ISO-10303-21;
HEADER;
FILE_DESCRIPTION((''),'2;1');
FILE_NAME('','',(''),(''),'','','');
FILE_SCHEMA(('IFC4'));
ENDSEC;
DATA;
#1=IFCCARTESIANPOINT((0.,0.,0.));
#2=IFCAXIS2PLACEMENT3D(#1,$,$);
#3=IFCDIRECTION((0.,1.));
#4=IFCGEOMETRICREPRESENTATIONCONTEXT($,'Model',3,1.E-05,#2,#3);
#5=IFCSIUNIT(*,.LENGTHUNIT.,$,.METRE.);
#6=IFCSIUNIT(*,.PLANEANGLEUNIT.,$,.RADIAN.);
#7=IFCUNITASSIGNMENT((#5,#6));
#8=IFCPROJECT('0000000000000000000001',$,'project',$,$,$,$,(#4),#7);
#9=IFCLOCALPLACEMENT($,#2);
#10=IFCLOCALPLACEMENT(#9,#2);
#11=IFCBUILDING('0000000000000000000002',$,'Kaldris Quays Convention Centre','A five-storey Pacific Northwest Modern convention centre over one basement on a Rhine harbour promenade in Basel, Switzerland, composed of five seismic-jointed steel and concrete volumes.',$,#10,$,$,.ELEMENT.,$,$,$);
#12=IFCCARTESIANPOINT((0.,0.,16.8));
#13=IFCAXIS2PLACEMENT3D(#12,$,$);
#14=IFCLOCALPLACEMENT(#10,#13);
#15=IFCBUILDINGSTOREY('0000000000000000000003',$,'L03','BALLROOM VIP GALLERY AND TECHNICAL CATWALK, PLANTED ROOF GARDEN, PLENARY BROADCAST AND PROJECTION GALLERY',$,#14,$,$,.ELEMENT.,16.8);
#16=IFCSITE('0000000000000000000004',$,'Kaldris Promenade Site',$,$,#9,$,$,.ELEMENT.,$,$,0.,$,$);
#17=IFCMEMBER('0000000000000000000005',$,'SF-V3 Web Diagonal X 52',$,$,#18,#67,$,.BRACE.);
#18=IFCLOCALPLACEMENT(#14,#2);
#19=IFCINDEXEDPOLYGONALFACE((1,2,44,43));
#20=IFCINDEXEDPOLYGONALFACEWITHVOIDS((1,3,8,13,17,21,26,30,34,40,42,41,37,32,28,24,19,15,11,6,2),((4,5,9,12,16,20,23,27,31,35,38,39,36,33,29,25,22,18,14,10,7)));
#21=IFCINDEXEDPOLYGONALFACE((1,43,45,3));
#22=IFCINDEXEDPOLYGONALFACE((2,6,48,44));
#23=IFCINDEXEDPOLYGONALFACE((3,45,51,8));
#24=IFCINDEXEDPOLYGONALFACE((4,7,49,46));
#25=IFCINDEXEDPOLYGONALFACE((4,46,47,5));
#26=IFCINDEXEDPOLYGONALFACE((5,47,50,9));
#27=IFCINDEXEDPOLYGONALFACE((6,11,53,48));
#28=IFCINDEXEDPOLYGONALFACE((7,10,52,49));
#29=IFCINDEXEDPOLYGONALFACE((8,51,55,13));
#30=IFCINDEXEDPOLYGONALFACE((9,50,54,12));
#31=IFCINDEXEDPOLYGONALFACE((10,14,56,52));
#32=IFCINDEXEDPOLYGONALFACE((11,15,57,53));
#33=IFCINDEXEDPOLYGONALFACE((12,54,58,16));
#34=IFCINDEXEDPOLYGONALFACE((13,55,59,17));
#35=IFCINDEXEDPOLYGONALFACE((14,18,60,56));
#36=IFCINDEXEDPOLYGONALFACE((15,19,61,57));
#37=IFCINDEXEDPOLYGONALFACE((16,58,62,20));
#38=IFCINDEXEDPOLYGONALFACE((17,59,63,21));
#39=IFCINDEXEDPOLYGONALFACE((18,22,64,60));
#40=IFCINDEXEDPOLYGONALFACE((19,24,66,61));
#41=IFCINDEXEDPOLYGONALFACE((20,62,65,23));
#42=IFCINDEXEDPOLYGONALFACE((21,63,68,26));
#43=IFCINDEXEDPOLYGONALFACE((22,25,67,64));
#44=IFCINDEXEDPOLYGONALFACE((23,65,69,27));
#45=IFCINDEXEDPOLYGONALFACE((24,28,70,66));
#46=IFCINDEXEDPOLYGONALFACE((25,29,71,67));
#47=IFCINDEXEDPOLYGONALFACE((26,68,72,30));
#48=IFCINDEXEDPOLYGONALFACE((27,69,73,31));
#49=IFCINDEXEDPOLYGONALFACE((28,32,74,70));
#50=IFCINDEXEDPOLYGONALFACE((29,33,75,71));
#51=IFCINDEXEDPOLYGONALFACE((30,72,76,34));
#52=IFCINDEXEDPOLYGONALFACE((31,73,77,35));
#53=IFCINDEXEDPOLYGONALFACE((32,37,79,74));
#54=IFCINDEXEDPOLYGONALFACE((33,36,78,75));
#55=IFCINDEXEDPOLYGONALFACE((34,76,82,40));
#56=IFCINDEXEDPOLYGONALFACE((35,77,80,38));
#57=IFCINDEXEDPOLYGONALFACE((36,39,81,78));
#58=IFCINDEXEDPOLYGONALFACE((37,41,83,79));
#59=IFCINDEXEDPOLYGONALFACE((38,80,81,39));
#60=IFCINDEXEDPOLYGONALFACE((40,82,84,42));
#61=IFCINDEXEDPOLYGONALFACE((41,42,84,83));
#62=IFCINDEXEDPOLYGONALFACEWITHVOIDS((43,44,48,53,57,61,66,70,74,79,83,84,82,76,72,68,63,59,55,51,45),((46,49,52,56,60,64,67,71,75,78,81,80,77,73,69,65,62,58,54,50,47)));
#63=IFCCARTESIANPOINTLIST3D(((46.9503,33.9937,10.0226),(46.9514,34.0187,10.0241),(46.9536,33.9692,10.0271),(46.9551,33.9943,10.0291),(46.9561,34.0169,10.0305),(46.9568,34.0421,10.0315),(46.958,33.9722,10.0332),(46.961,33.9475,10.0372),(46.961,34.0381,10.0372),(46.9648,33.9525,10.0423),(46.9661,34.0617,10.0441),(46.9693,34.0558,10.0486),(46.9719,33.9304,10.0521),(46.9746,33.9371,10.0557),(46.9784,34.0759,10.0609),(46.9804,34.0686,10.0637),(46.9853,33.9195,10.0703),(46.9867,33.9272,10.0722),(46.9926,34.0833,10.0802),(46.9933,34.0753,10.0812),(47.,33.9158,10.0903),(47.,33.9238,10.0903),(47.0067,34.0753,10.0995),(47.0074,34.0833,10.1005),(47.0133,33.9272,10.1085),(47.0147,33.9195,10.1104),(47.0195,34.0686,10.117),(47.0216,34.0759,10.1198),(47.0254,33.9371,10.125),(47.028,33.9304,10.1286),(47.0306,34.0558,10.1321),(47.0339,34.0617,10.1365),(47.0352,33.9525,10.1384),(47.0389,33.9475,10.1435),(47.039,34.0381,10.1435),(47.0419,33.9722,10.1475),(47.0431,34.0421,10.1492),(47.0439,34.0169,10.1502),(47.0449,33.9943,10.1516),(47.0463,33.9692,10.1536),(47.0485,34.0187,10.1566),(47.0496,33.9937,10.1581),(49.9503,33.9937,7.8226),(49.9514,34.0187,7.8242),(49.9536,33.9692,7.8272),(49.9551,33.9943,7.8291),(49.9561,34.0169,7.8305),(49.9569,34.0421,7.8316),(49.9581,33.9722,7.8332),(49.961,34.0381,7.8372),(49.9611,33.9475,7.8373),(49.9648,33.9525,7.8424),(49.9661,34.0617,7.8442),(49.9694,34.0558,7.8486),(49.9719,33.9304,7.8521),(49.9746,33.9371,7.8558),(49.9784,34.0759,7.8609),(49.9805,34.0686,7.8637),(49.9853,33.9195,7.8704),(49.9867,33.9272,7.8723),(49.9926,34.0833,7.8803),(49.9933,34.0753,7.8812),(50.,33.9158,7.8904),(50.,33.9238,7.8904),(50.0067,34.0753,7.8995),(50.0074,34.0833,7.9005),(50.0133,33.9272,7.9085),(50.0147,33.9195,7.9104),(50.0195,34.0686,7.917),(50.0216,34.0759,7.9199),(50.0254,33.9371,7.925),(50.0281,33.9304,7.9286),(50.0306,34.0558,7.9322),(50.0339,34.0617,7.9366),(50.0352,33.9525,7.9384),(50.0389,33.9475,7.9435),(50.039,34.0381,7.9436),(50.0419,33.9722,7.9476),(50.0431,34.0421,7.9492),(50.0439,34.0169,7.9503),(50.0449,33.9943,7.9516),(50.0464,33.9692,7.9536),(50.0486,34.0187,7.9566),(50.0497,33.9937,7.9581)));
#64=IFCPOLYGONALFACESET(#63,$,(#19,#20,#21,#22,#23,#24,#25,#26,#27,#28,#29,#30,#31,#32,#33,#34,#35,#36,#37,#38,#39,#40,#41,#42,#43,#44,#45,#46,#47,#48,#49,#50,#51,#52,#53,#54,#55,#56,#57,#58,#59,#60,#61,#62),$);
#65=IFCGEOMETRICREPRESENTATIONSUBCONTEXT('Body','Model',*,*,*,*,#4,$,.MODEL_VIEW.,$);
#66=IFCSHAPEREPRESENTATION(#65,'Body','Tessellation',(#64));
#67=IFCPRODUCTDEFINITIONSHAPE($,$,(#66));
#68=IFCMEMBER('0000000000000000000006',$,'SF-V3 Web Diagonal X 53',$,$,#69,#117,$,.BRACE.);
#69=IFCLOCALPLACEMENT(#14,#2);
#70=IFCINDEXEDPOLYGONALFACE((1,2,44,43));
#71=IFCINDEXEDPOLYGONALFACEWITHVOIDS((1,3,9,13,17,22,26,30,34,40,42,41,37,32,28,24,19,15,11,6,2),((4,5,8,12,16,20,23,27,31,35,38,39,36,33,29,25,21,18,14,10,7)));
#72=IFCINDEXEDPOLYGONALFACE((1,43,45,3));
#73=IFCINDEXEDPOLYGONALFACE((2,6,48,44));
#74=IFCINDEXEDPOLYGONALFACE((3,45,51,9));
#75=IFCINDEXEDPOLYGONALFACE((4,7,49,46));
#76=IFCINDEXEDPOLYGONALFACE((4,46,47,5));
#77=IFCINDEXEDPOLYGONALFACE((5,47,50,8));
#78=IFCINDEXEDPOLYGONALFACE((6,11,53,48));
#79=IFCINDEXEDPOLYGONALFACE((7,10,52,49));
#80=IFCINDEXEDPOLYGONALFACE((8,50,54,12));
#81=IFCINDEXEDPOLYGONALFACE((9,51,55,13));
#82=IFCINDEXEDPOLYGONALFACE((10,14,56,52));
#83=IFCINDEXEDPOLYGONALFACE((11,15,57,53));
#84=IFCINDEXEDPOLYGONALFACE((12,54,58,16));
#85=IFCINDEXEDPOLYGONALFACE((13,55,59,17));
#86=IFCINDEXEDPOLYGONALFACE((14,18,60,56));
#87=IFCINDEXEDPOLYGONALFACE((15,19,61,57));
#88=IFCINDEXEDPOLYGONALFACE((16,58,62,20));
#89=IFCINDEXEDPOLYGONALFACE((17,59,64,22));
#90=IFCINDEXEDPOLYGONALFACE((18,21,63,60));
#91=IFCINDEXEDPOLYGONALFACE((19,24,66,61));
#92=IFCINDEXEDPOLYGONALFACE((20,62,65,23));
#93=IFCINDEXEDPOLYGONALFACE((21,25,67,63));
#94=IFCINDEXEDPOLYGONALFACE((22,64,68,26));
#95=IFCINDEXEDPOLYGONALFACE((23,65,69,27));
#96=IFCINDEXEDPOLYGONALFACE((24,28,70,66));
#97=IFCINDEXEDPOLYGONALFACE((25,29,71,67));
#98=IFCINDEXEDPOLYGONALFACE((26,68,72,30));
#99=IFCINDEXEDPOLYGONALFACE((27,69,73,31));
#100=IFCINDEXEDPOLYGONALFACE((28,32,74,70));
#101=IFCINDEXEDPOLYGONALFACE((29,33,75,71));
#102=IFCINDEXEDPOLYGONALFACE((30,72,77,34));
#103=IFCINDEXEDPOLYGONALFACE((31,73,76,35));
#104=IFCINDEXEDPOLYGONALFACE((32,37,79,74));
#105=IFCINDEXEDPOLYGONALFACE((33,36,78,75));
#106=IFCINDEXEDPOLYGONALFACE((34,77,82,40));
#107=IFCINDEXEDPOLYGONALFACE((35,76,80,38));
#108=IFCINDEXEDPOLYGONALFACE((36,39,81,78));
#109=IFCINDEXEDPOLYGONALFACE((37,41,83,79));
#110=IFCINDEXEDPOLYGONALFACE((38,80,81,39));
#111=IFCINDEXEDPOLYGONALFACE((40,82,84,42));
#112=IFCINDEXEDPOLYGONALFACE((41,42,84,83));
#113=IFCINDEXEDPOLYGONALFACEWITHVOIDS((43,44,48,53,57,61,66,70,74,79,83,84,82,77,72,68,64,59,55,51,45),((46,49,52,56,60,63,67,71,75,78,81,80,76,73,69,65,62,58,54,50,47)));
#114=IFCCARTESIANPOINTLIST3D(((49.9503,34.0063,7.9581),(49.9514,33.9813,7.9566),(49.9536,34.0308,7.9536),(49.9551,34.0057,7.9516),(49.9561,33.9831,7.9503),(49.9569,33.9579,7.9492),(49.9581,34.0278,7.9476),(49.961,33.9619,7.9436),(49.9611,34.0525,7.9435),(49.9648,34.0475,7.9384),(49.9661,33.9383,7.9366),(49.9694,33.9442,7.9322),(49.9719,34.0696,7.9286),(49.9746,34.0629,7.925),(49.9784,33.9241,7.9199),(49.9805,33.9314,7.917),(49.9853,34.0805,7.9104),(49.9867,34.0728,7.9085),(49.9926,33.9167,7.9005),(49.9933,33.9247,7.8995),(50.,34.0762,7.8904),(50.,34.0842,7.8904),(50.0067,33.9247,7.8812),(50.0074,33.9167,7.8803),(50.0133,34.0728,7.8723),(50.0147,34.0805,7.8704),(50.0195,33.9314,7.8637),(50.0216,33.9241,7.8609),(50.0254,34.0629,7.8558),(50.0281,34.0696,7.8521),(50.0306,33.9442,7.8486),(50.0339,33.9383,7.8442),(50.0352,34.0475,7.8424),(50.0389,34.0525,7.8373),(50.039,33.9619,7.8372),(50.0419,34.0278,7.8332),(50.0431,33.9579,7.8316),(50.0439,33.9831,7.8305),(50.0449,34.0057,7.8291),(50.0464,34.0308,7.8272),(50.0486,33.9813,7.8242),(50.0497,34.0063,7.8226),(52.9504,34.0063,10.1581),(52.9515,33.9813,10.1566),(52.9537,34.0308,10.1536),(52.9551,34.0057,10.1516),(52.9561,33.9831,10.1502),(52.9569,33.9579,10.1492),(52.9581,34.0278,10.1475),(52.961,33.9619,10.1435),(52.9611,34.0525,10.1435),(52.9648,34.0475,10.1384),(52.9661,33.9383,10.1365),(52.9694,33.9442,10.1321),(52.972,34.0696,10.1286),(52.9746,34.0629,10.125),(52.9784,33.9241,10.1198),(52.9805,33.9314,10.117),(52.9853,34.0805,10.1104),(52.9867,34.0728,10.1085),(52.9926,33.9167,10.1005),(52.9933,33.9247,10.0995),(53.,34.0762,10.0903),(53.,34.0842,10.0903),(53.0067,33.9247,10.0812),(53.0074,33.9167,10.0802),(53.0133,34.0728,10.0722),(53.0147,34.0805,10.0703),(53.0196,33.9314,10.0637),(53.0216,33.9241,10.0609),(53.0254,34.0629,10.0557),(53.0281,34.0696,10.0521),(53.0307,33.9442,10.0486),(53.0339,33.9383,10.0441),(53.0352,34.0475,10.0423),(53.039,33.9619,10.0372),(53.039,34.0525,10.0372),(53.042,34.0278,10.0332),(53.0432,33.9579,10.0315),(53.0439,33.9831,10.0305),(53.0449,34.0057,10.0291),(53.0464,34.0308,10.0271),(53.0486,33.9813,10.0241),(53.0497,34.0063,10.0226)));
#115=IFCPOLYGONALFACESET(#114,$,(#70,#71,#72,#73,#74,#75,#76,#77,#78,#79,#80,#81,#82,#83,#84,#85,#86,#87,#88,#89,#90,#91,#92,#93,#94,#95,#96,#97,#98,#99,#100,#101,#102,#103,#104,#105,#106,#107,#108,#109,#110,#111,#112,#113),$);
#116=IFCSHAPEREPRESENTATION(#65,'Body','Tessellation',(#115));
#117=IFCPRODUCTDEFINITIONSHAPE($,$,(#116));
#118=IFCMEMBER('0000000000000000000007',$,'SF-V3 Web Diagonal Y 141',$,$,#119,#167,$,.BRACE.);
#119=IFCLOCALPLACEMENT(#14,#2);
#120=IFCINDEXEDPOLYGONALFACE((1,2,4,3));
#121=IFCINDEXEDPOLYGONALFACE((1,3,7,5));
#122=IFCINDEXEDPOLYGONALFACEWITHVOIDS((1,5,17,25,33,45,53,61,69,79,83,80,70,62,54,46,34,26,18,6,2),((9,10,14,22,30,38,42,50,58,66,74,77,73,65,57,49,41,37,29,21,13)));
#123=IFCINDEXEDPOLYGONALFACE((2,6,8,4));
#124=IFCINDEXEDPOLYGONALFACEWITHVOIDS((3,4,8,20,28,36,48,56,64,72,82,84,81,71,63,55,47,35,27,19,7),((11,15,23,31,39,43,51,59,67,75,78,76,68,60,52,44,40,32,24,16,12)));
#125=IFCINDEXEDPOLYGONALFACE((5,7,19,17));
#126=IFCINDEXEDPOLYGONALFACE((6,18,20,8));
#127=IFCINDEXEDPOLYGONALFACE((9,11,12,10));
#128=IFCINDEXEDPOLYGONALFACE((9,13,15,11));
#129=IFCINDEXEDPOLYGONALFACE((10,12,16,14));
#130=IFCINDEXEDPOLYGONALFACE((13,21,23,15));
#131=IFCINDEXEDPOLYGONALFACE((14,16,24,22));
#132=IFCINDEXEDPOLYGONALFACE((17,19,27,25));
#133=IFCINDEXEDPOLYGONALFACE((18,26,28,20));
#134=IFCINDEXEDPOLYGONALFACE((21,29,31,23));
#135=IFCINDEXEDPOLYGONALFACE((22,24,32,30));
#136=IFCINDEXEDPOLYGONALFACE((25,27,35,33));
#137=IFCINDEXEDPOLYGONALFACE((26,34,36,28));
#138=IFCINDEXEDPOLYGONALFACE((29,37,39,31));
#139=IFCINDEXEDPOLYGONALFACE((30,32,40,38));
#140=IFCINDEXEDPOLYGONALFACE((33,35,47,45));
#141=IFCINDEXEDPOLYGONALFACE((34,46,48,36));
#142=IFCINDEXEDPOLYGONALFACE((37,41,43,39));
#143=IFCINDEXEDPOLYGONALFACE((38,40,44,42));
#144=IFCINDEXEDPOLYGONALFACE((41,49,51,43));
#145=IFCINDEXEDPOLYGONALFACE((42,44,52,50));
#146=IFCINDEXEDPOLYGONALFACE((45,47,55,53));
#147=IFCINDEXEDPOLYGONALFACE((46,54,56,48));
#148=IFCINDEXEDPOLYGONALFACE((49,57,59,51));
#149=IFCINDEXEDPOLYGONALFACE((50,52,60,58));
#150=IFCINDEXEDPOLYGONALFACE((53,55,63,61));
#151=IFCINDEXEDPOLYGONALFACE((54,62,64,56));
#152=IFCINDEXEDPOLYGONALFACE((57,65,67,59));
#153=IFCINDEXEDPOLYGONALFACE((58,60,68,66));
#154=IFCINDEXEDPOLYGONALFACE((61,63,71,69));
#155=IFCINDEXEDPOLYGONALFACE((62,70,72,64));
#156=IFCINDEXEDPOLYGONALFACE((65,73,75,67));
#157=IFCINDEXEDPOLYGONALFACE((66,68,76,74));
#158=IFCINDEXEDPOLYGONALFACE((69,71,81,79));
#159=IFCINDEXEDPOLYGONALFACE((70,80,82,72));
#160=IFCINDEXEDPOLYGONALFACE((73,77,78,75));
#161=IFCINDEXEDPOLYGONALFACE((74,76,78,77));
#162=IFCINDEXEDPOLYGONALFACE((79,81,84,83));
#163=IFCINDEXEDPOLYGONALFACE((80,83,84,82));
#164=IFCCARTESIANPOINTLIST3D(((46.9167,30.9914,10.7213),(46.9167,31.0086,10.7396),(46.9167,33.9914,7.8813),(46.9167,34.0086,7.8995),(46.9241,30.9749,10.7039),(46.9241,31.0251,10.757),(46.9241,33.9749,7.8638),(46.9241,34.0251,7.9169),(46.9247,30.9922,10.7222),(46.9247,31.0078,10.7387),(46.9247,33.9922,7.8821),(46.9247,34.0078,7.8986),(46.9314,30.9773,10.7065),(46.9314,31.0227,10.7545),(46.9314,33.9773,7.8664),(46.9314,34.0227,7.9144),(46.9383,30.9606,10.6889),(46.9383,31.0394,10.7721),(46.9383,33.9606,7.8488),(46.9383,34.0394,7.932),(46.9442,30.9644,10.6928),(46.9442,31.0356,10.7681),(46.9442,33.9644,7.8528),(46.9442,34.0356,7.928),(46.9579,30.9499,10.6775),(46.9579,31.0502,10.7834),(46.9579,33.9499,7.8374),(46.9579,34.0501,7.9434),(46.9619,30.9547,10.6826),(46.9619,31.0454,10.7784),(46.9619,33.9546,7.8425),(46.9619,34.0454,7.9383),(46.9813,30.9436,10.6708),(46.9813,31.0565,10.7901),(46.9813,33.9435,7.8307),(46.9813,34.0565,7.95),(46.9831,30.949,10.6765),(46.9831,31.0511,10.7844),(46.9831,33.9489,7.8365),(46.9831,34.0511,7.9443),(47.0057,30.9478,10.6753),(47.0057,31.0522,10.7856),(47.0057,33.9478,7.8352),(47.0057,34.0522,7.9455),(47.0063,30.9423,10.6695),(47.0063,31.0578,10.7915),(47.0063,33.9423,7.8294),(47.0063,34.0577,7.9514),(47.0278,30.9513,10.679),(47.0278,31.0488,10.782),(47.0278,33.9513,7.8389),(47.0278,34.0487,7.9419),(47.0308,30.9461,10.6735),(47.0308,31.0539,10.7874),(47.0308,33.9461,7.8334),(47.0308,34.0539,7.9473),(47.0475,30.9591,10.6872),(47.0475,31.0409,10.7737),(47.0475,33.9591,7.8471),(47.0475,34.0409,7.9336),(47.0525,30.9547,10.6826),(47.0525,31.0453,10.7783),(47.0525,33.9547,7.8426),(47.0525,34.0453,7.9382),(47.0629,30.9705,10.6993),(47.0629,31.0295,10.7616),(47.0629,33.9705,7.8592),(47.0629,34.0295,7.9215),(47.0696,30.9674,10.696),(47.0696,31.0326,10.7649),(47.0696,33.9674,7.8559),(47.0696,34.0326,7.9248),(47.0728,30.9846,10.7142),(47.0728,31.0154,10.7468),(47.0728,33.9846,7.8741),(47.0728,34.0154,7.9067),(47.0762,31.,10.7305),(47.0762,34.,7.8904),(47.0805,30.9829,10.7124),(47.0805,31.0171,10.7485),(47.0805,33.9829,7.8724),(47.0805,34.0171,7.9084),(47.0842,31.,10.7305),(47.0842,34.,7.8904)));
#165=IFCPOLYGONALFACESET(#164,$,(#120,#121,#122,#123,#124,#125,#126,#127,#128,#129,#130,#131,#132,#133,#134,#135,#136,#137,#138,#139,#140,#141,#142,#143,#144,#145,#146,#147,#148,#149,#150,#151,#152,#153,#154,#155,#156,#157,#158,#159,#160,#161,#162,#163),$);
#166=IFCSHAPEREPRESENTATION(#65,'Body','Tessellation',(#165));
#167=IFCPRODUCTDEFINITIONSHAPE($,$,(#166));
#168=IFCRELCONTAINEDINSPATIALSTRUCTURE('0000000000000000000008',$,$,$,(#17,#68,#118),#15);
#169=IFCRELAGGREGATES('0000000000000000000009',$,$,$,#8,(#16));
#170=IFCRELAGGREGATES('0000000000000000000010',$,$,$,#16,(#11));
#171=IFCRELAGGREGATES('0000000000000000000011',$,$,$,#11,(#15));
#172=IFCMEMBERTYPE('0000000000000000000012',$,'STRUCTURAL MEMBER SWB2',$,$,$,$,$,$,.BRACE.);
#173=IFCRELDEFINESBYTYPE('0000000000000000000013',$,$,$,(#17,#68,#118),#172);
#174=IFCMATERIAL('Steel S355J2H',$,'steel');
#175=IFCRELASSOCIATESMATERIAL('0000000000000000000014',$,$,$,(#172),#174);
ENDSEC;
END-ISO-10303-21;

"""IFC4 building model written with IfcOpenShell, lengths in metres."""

from ifc_helpers import new_model, si_unit, direction, frame, origin, origin_2d, place, context, subcontext, project, spatial, hollow_circle, extrude, material, material_profile, profile_set, type_object, element, save


model = new_model("IFC4")

# Units and contexts
model_context = context("Model", 3, precision=1e-05, world=origin(), true_north=direction((0.0, 1.0)))
body_context = subcontext(model_context, "Body", "Model", "MODEL_VIEW")
ifc_project = project(units=[si_unit("LENGTHUNIT", "METRE"), si_unit("PLANEANGLEUNIT", "RADIAN")], contexts=[model_context])

# Site, building, storey
site_placement = place(None, origin())
site = spatial("IfcSite", under=ifc_project, at=site_placement, Name="Kaldris Promenade Site", CompositionType="ELEMENT", RefElevation=0.0)
building_placement = place(site_placement, origin())
building = spatial("IfcBuilding", under=site, at=building_placement, Name="Kaldris Quays Convention Centre", Description="A five-storey Pacific Northwest Modern convention centre over one basement on a Rhine harbour promenade in Basel, Switzerland, composed of five seismic-jointed steel and concrete volumes.", CompositionType="ELEMENT")
storey_placement = place(building_placement, frame((0.0, 0.0, 16.8)))
storey = spatial("IfcBuildingStorey", under=building, at=storey_placement, Name="L03", Description="BALLROOM VIP GALLERY AND TECHNICAL CATWALK, PLANTED ROOF GARDEN, PLENARY BROADCAST AND PROJECTION GALLERY", CompositionType="ELEMENT", Elevation=16.8)

# Members
ifc_material_1 = material(Name="Steel S355J2H", Category="steel")
ifc_material_profile_1 = material_profile(ifc_material_1, hollow_circle(Radius=0.0842, WallThickness=0.0081, at=origin_2d()), Name="CHS 168.3x8")
ifc_profile_set_1 = profile_set([ifc_material_profile_1], Name="Steel S355J2H")
member_type_1 = type_object("IfcMemberType", Name="STRUCTURAL MEMBER SWB2", PredefinedType="BRACE", material=ifc_profile_set_1)
for number, where, z_axis, x_axis, name in (
    (1, (50.0, 34.0, 7.8904), (-0.806411, 0.0, 0.591355), (0.0, -1.0, 0.0), "SF-V3 Web Diagonal X 52"),
    (2, (50.0, 34.0, 7.8904), (0.806411, 0.0, 0.591355), (0.0, 1.0, 0.0), "SF-V3 Web Diagonal X 53"),
):
    element("IfcMember", number, at=place(storey_placement, frame(where, z_axis=z_axis, x_axis=x_axis)), inside=storey, type_object=member_type_1, Name=name, PredefinedType="BRACE", context=body_context, shape_type="SweptSolid", body=[
        extrude(hollow_circle(Radius=0.0842, WallThickness=0.0081, at=origin_2d()), origin(), (0.0, 0.0, 1.0), 3.7202),
    ])
member_1_placement = place(storey_placement, frame((47.0, 34.0, 7.8904), z_axis=(0.0, -0.726196, 0.687487), x_axis=(1.0, 0.0, 0.0)))
element("IfcMember", 3, at=member_1_placement, inside=storey, type_object=member_type_1, Name="SF-V3 Web Diagonal Y 141", PredefinedType="BRACE", context=body_context, shape_type="SweptSolid", body=[
    extrude(hollow_circle(Radius=0.0842, WallThickness=0.0081, at=origin_2d()), origin(), (0.0, 0.0, 1.0), 4.1311),
])

save(model, "model.ifc")
